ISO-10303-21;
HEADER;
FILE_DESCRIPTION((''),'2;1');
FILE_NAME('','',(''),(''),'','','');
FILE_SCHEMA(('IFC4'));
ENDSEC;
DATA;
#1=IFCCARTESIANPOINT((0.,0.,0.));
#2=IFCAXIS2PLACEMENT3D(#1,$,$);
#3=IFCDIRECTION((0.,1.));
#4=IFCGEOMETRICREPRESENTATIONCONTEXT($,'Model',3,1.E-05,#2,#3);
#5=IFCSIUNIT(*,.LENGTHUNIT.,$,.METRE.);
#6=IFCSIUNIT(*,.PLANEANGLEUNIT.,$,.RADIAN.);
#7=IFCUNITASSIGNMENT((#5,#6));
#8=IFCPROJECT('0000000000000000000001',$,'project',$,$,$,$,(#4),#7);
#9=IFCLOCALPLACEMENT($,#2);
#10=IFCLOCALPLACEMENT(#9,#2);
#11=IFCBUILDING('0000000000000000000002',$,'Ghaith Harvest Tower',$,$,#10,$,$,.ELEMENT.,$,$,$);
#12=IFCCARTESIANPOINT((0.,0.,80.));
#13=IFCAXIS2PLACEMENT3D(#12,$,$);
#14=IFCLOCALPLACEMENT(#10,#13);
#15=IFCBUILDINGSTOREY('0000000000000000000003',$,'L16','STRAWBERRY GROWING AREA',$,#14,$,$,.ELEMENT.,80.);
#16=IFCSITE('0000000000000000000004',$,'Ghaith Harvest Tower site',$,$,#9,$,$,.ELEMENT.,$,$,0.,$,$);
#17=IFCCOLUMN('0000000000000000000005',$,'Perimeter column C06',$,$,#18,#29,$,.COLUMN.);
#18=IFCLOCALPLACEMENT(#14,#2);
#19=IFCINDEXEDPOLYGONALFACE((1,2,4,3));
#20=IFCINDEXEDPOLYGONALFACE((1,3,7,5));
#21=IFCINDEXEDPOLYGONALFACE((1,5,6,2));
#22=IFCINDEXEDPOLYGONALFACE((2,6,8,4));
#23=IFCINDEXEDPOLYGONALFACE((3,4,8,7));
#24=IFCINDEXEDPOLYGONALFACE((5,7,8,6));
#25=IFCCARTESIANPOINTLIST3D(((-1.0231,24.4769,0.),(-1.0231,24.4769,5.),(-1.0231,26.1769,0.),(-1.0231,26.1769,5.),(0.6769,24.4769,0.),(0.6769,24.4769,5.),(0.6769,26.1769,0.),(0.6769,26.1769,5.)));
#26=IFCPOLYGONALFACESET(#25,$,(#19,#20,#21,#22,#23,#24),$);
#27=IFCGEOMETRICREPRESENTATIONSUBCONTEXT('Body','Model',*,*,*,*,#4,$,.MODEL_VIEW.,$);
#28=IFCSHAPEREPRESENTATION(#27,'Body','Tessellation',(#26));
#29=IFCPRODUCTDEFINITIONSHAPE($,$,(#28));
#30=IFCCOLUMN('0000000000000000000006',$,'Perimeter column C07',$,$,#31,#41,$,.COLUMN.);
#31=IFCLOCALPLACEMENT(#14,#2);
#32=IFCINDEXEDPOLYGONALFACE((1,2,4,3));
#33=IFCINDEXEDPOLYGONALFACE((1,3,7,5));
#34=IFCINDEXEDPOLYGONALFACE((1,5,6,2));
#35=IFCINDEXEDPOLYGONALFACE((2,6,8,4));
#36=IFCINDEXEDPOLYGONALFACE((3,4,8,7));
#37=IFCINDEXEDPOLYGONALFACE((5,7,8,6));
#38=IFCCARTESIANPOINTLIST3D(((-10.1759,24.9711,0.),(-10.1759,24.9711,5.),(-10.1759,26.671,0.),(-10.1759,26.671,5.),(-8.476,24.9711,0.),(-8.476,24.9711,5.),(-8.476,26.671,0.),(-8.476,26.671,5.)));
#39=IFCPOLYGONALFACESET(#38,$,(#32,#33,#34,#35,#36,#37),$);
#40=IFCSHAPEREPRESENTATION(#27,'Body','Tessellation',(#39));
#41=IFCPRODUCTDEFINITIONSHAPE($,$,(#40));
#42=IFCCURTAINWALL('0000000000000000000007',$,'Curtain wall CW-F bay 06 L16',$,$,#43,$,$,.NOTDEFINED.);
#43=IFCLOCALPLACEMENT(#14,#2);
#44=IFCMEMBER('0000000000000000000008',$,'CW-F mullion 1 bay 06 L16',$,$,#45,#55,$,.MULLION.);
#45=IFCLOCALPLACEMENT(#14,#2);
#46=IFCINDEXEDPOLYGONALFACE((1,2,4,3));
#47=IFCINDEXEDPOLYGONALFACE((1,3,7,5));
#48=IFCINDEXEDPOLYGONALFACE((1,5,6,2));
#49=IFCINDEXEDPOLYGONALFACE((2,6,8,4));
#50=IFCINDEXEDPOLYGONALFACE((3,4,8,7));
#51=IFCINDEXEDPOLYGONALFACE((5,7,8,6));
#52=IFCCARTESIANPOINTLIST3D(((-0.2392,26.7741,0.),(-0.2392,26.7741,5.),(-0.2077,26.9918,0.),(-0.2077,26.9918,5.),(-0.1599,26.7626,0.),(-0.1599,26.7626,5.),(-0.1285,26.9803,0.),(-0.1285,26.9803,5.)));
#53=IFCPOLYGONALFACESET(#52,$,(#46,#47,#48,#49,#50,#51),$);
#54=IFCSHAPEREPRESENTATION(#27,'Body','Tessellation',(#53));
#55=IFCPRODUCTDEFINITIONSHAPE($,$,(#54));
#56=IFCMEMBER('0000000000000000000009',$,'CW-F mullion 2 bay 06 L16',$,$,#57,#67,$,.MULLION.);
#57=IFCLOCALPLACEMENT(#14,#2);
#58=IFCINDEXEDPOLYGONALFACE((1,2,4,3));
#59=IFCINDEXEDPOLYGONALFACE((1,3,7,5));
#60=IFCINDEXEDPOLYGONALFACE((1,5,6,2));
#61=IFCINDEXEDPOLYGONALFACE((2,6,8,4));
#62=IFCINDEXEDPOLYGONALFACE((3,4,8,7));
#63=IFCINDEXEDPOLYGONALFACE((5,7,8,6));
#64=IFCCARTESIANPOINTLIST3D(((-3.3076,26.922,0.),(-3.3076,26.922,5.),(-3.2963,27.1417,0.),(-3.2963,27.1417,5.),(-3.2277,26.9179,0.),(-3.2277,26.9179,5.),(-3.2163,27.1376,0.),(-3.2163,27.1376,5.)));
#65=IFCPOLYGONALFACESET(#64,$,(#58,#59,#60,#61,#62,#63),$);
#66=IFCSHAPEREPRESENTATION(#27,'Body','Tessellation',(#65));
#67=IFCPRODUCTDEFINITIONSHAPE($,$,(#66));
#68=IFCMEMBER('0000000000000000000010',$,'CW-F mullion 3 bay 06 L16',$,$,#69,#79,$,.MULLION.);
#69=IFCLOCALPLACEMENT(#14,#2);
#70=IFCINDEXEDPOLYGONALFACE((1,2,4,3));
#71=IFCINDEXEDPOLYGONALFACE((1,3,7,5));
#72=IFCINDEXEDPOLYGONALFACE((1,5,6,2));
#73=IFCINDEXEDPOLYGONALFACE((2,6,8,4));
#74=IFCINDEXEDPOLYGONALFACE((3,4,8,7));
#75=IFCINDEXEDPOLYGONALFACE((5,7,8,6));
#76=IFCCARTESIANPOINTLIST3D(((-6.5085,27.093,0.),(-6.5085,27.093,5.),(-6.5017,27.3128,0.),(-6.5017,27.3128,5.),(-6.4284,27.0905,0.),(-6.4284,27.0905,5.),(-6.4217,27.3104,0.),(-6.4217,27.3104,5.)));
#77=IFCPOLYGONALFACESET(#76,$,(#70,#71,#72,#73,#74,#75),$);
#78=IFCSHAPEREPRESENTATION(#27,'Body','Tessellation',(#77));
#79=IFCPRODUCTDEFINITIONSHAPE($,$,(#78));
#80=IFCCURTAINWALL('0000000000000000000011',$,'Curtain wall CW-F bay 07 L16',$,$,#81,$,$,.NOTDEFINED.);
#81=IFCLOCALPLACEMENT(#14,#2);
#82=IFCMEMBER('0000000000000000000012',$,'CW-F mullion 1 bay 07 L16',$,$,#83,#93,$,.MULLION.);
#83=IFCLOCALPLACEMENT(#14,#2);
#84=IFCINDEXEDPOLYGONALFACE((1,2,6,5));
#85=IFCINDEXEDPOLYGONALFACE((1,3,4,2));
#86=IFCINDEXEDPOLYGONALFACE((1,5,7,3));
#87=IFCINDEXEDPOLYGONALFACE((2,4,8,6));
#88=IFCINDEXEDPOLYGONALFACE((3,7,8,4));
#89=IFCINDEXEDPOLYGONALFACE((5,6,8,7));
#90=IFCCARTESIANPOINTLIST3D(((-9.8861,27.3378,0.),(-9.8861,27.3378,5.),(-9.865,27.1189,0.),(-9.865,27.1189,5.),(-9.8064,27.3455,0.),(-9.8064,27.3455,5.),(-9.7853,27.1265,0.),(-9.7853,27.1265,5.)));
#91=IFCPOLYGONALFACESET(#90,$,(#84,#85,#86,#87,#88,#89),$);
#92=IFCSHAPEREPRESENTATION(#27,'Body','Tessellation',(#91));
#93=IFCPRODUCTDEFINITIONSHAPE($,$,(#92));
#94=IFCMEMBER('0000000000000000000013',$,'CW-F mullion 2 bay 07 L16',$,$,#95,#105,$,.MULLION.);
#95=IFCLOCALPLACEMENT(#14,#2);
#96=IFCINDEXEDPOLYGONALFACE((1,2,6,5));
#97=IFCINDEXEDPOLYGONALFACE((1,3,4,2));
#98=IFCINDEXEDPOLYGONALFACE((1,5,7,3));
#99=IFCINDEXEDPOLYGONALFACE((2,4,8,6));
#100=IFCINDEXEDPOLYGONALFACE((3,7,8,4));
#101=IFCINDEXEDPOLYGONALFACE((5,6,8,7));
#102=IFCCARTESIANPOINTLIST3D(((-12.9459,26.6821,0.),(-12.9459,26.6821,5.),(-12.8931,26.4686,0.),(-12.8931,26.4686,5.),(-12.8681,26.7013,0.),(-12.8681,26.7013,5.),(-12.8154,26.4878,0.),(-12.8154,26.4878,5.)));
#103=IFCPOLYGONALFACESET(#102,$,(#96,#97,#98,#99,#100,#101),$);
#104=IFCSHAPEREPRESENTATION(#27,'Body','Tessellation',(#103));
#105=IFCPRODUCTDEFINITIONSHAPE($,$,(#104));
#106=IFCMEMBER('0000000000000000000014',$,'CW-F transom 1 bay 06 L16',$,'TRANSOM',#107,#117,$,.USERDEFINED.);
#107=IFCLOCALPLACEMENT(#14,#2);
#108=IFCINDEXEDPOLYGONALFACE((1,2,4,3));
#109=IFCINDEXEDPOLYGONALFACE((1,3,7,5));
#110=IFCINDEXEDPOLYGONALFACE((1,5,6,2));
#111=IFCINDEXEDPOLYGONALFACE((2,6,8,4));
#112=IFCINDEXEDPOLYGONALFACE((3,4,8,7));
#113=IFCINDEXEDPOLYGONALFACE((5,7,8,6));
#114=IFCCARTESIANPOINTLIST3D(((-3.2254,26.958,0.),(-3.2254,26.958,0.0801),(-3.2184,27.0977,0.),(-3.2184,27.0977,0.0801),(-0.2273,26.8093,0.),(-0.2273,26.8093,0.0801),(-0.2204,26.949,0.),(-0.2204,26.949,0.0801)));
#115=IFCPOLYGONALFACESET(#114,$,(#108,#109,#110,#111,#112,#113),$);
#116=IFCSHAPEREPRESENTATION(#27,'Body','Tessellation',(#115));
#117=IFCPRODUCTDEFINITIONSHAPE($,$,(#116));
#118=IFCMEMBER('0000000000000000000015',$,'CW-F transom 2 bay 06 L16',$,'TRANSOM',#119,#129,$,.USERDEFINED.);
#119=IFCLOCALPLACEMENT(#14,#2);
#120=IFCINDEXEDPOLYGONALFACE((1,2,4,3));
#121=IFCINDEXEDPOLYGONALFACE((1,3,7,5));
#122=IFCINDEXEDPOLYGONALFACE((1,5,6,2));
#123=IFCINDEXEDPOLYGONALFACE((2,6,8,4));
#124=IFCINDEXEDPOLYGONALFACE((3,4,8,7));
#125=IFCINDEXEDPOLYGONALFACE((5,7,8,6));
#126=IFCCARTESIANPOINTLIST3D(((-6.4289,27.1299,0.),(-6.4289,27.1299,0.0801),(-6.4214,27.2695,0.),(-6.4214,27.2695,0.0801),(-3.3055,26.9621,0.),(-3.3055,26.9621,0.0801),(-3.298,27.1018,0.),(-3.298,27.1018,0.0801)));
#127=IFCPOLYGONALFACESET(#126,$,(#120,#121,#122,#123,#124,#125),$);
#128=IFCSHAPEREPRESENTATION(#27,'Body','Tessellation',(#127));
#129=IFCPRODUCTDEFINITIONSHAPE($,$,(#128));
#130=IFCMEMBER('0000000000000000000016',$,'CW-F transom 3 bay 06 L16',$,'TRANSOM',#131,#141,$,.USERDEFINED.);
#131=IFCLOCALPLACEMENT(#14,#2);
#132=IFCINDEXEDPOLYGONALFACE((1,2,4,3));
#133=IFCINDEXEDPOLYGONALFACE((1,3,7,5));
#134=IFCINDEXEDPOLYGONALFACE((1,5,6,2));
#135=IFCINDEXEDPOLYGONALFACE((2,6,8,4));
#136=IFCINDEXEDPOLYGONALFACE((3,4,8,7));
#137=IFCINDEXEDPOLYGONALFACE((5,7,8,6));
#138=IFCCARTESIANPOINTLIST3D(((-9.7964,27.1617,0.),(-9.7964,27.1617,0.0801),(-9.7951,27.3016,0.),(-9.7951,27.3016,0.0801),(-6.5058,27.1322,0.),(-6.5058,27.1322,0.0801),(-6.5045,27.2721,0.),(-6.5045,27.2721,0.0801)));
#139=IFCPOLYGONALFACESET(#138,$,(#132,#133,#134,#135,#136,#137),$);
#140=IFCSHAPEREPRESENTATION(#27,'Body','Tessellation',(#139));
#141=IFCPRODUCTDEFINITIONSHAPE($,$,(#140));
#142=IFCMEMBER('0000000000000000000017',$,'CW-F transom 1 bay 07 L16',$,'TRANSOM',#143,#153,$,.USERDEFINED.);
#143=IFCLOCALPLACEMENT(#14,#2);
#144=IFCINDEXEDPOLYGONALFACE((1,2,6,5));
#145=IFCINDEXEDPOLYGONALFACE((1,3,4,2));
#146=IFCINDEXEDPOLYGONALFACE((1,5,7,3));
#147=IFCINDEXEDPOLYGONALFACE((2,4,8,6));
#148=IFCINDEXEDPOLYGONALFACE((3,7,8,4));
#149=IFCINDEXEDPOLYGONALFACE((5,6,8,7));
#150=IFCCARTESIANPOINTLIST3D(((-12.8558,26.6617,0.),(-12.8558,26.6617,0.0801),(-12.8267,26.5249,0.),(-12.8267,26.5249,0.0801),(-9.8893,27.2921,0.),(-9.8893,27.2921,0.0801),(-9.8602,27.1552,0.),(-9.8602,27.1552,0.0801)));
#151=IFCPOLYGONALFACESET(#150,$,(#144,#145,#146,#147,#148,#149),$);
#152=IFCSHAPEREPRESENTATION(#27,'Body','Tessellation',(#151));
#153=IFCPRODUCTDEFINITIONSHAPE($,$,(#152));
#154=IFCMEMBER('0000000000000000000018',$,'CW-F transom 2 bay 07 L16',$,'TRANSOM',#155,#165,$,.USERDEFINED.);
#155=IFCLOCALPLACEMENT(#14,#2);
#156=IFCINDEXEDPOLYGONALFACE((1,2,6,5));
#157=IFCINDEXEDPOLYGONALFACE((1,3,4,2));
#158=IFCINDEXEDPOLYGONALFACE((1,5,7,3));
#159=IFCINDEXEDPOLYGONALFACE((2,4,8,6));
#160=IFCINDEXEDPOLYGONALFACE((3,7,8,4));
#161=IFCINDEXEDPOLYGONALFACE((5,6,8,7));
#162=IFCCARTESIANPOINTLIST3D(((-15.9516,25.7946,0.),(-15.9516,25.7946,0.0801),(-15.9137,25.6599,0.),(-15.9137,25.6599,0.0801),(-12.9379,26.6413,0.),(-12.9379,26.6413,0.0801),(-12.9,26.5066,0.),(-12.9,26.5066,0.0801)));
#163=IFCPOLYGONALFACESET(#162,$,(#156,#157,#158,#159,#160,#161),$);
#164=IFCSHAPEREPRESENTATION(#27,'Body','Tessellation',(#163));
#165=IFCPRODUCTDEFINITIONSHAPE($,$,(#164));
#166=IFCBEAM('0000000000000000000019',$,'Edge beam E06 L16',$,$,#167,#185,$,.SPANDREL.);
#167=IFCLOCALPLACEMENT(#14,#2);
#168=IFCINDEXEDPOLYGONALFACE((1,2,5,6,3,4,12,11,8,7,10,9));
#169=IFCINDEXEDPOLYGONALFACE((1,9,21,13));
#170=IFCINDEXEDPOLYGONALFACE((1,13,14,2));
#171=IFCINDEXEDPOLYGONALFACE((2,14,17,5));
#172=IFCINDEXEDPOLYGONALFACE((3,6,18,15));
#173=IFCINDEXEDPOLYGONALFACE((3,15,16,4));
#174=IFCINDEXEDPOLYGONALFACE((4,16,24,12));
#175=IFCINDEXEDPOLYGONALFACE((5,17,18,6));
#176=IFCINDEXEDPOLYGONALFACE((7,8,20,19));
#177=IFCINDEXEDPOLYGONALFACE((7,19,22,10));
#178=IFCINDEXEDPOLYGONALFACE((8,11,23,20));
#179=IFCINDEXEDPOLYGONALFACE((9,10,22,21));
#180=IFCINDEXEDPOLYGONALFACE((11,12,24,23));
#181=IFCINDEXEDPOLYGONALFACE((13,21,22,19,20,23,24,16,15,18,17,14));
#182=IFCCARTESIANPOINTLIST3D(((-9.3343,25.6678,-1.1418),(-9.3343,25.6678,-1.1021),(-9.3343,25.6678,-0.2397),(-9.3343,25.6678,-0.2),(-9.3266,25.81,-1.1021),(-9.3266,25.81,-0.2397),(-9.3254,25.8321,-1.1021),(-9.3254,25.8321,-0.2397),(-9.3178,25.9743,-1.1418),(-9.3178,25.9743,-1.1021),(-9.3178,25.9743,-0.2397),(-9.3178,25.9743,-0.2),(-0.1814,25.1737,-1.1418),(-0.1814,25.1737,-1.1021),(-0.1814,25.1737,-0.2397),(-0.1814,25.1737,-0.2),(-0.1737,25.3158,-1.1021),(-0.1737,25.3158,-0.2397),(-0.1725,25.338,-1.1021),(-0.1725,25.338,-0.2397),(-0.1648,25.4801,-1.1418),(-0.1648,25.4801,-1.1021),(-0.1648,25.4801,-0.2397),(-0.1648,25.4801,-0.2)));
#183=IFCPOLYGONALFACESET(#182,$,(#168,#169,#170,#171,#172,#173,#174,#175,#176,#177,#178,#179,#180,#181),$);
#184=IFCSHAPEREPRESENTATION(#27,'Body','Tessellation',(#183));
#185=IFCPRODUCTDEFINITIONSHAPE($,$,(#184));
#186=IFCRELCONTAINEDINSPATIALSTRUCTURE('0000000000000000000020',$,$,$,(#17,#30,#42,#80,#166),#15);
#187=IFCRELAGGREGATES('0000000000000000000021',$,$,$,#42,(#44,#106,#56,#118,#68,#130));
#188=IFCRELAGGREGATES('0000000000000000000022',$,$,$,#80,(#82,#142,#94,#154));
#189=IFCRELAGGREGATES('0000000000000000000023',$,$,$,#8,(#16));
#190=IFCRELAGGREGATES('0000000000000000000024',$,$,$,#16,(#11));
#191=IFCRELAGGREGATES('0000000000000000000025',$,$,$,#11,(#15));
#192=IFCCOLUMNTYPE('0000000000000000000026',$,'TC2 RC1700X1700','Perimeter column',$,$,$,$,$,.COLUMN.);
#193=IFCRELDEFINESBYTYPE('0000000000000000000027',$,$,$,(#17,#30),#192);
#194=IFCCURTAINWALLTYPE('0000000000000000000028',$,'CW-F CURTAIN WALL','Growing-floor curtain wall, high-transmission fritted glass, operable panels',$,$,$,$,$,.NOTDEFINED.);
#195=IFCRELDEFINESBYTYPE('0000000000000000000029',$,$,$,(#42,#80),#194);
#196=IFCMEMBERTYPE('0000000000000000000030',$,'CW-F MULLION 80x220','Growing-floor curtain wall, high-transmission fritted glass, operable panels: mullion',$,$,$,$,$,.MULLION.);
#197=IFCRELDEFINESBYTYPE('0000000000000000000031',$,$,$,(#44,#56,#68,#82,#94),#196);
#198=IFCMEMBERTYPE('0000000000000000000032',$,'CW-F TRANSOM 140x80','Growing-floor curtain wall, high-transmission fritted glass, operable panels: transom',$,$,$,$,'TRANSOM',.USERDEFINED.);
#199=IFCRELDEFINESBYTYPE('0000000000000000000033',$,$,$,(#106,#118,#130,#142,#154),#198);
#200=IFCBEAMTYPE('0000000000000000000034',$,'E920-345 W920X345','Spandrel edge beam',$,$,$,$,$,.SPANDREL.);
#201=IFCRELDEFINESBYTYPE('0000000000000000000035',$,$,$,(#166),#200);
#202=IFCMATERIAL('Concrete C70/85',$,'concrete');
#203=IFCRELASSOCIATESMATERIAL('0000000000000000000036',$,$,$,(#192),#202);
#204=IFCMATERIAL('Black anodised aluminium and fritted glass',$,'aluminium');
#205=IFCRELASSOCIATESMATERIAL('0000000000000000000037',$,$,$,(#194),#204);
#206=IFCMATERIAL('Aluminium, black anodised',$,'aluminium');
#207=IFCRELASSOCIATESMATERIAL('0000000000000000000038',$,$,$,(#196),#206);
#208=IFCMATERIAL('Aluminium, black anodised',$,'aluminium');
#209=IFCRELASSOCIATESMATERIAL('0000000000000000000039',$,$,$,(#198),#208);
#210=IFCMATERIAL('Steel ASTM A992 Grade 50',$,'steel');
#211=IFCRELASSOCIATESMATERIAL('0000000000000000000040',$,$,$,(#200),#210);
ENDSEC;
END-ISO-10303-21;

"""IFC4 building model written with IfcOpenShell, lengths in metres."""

from ifc_helpers import new_model, si_unit, direction, frame, origin, origin_2d, place, context, subcontext, project, spatial, rectangle, i_section, extrude, material, material_profile, profile_set, type_object, element, aggregate, save


model = new_model("IFC4")

# Units and contexts
model_context = context("Model", 3, precision=1e-05, world=origin(), true_north=direction((0.0, 1.0)))
body_context = subcontext(model_context, "Body", "Model", "MODEL_VIEW")
ifc_project = project(units=[si_unit("LENGTHUNIT", "METRE"), si_unit("PLANEANGLEUNIT", "RADIAN")], contexts=[model_context])

# Site, building, storey
site_placement = place(None, origin())
site = spatial("IfcSite", under=ifc_project, at=site_placement, Name="Ghaith Harvest Tower site", CompositionType="ELEMENT", RefElevation=0.0)
building_placement = place(site_placement, origin())
building = spatial("IfcBuilding", under=site, at=building_placement, Name="Ghaith Harvest Tower", CompositionType="ELEMENT")
storey_placement = place(building_placement, frame((0.0, 0.0, 80.0)))
storey = spatial("IfcBuildingStorey", under=building, at=storey_placement, Name="L16", Description="STRAWBERRY GROWING AREA", CompositionType="ELEMENT", Elevation=80.0)

# Columns
ifc_material_1 = material(Name="Concrete C70/85", Category="concrete")
ifc_material_profile_1 = material_profile(ifc_material_1, rectangle(XDim=1.7, YDim=1.7, at=origin_2d()), Name="RC1700X1700")
ifc_profile_set_1 = profile_set([ifc_material_profile_1], Name="Concrete C70/85")
column_type = type_object("IfcColumnType", Name="TC2 RC1700X1700", Description="Perimeter column", PredefinedType="COLUMN", material=ifc_profile_set_1)
for number, where, z_axis, x_axis, name in (
    (1, (-0.1731, 25.3269, 0.0), (0.0, 0.0, 1.0), (1.0, 0.0, 0.0), "Perimeter column C06"),
    (2, (-9.3259, 25.821, 0.0), (0.0, 0.0, 1.0), (1.0, 0.0, 0.0), "Perimeter column C07"),
):
    element("IfcColumn", number, at=place(storey_placement, frame(where, z_axis=z_axis, x_axis=x_axis)), inside=storey, type_object=column_type, Name=name, PredefinedType="COLUMN", context=body_context, shape_type="SweptSolid", body=[
        extrude(rectangle(XDim=1.7, YDim=1.7, at=origin_2d()), origin(), (0.0, 0.0, 1.0), 5.0),
    ])

# Curtain walls, members
ifc_material_2 = material(Name="Black anodised aluminium and fritted glass", Category="aluminium")
curtain_wall_type = type_object("IfcCurtainWallType", Name="CW-F CURTAIN WALL", Description="Growing-floor curtain wall, high-transmission fritted glass, operable panels", PredefinedType="NOTDEFINED", material=ifc_material_2)
curtain_wall_1_placement = place(storey_placement, origin())
curtain_wall_1 = element("IfcCurtainWall", 3, at=curtain_wall_1_placement, inside=storey, type_object=curtain_wall_type, Name="Curtain wall CW-F bay 06 L16", PredefinedType="NOTDEFINED")
ifc_material_3 = material(Name="Aluminium, black anodised", Category="aluminium")
ifc_material_profile_2 = material_profile(ifc_material_3, rectangle(XDim=0.0801, YDim=0.22, at=origin_2d()), Name="CW-F MULLION 80x220")
ifc_profile_set_2 = profile_set([ifc_material_profile_2], Name="Aluminium, black anodised")
member_type_1 = type_object("IfcMemberType", Name="CW-F MULLION 80x220", Description="Growing-floor curtain wall, high-transmission fritted glass, operable panels: mullion", PredefinedType="MULLION", material=ifc_profile_set_2)
member_1_placement = place(storey_placement, frame((-0.1838, 26.8772, 0.0), z_axis=(0.0, 0.0, 1.0), x_axis=(-0.989712, 0.143075, 0.0)))
member_1 = element("IfcMember", 4, at=member_1_placement, type_object=member_type_1, Name="CW-F mullion 1 bay 06 L16", PredefinedType="MULLION", context=body_context, shape_type="SweptSolid", body=[
    extrude(rectangle(XDim=0.0801, YDim=0.22, at=origin_2d()), origin(), (0.0, 0.0, 1.0), 5.0),
])
member_2_placement = place(storey_placement, frame((-3.262, 27.0298, 0.0), z_axis=(0.0, 0.0, 1.0), x_axis=(-0.998667, 0.051618, 0.0)))
member_2 = element("IfcMember", 5, at=member_2_placement, type_object=member_type_1, Name="CW-F mullion 2 bay 06 L16", PredefinedType="MULLION", context=body_context, shape_type="SweptSolid", body=[
    extrude(rectangle(XDim=0.0801, YDim=0.22, at=origin_2d()), origin(), (0.0, 0.0, 1.0), 5.0),
])
member_3_placement = place(storey_placement, frame((-6.4651, 27.2017, 0.0), z_axis=(0.0, 0.0, 1.0), x_axis=(-0.999527, 0.03075, 0.0)))
member_3 = element("IfcMember", 6, at=member_3_placement, type_object=member_type_1, Name="CW-F mullion 3 bay 06 L16", PredefinedType="MULLION", context=body_context, shape_type="SweptSolid", body=[
    extrude(rectangle(XDim=0.0801, YDim=0.22, at=origin_2d()), origin(), (0.0, 0.0, 1.0), 5.0),
])
curtain_wall_2_placement = place(storey_placement, origin())
curtain_wall_2 = element("IfcCurtainWall", 7, at=curtain_wall_2_placement, inside=storey, type_object=curtain_wall_type, Name="Curtain wall CW-F bay 07 L16", PredefinedType="NOTDEFINED")
member_4_placement = place(storey_placement, frame((-9.8357, 27.2322, 0.0), z_axis=(0.0, 0.0, 1.0), x_axis=(-0.995408, -0.095718, 0.0)))
member_4 = element("IfcMember", 8, at=member_4_placement, type_object=member_type_1, Name="CW-F mullion 1 bay 07 L16", PredefinedType="MULLION", context=body_context, shape_type="SweptSolid", body=[
    extrude(rectangle(XDim=0.0801, YDim=0.22, at=origin_2d()), origin(), (0.0, 0.0, 1.0), 5.0),
])
member_5_placement = place(storey_placement, frame((-12.8806, 26.585, 0.0), z_axis=(0.0, 0.0, 1.0), x_axis=(-0.970825, -0.239791, 0.0)))
member_5 = element("IfcMember", 9, at=member_5_placement, type_object=member_type_1, Name="CW-F mullion 2 bay 07 L16", PredefinedType="MULLION", context=body_context, shape_type="SweptSolid", body=[
    extrude(rectangle(XDim=0.0801, YDim=0.22, at=origin_2d()), origin(), (0.0, 0.0, 1.0), 5.0),
])

# Members
ifc_material_4 = material(Name="Aluminium, black anodised", Category="aluminium")
ifc_material_profile_3 = material_profile(ifc_material_4, rectangle(XDim=0.1399, YDim=0.0801, at=origin_2d()), Name="CW-F TRANSOM 140x80")
ifc_profile_set_3 = profile_set([ifc_material_profile_3], Name="Aluminium, black anodised")
member_type_2 = type_object("IfcMemberType", Name="CW-F TRANSOM 140x80", Description="Growing-floor curtain wall, high-transmission fritted glass, operable panels: transom", ElementType="TRANSOM", PredefinedType="USERDEFINED", material=ifc_profile_set_3)
member_6_placement = place(storey_placement, frame((-0.2239, 26.8792, 0.04), z_axis=(-0.998773, 0.049532, 0.0), x_axis=(-0.049532, -0.998773, 0.0)))
member_6 = element("IfcMember", 10, at=member_6_placement, type_object=member_type_2, Name="CW-F transom 1 bay 06 L16", ObjectType="TRANSOM", PredefinedType="USERDEFINED", context=body_context, shape_type="SweptSolid", body=[
    extrude(rectangle(XDim=0.1399, YDim=0.0801, at=origin_2d()), origin(), (0.0, 0.0, 1.0), 3.0017),
])
member_7_placement = place(storey_placement, frame((-3.3018, 27.032, 0.04), z_axis=(-0.998561, 0.05362, 0.0), x_axis=(-0.05362, -0.998561, 0.0)))
member_7 = element("IfcMember", 11, at=member_7_placement, type_object=member_type_2, Name="CW-F transom 2 bay 06 L16", ObjectType="TRANSOM", PredefinedType="USERDEFINED", context=body_context, shape_type="SweptSolid", body=[
    extrude(rectangle(XDim=0.1399, YDim=0.0801, at=origin_2d()), origin(), (0.0, 0.0, 1.0), 3.1279),
])
member_8_placement = place(storey_placement, frame((-6.5051, 27.2021, 0.04), z_axis=(-0.99996, 0.008977, 0.0), x_axis=(-0.008977, -0.99996, 0.0)))
member_8 = element("IfcMember", 12, at=member_8_placement, type_object=member_type_2, Name="CW-F transom 3 bay 06 L16", ObjectType="TRANSOM", PredefinedType="USERDEFINED", context=body_context, shape_type="SweptSolid", body=[
    extrude(rectangle(XDim=0.1399, YDim=0.0801, at=origin_2d()), origin(), (0.0, 0.0, 1.0), 3.2908),
])
member_9_placement = place(storey_placement, frame((-9.8748, 27.2236, 0.04), z_axis=(-0.97816, -0.207852, 0.0), x_axis=(0.207852, -0.97816, 0.0)))
member_9 = element("IfcMember", 13, at=member_9_placement, type_object=member_type_2, Name="CW-F transom 1 bay 07 L16", ObjectType="TRANSOM", PredefinedType="USERDEFINED", context=body_context, shape_type="SweptSolid", body=[
    extrude(rectangle(XDim=0.1399, YDim=0.0801, at=origin_2d()), origin(), (0.0, 0.0, 1.0), 3.0327),
])
member_10_placement = place(storey_placement, frame((-12.9189, 26.574, 0.04), z_axis=(-0.962727, -0.270475, 0.0), x_axis=(0.270475, -0.962727, 0.0)))
member_10 = element("IfcMember", 14, at=member_10_placement, type_object=member_type_2, Name="CW-F transom 2 bay 07 L16", ObjectType="TRANSOM", PredefinedType="USERDEFINED", context=body_context, shape_type="SweptSolid", body=[
    extrude(rectangle(XDim=0.1399, YDim=0.0801, at=origin_2d()), origin(), (0.0, 0.0, 1.0), 3.1304),
])

# Beam
ifc_material_5 = material(Name="Steel ASTM A992 Grade 50", Category="steel")
ifc_material_profile_4 = material_profile(ifc_material_5, i_section(OverallWidth=0.3069, OverallDepth=0.9419, WebThickness=0.0222, FlangeThickness=0.0398, at=origin_2d()), Name="W920X345")
ifc_profile_set_4 = profile_set([ifc_material_profile_4], Name="Steel ASTM A992 Grade 50")
beam_type_1 = type_object("IfcBeamType", Name="E920-345 W920X345", Description="Spandrel edge beam", PredefinedType="SPANDREL", material=ifc_profile_set_4)
beam_1_placement = place(storey_placement, frame((-0.1731, 25.3269, -0.6709), z_axis=(-0.998546, 0.053909, 0.0), x_axis=(-0.053909, -0.998546, 0.0)))
element("IfcBeam", 15, at=beam_1_placement, inside=storey, type_object=beam_type_1, Name="Edge beam E06 L16", PredefinedType="SPANDREL", context=body_context, shape_type="SweptSolid", body=[
    extrude(i_section(OverallWidth=0.3069, OverallDepth=0.9419, WebThickness=0.0222, FlangeThickness=0.0398, at=origin_2d()), origin(), (0.0, 0.0, 1.0), 9.1663),
])

aggregate(curtain_wall_1, [member_1, member_6, member_2, member_7, member_3, member_8])
aggregate(curtain_wall_2, [member_4, member_9, member_5, member_10])

save(model, "model.ifc")
